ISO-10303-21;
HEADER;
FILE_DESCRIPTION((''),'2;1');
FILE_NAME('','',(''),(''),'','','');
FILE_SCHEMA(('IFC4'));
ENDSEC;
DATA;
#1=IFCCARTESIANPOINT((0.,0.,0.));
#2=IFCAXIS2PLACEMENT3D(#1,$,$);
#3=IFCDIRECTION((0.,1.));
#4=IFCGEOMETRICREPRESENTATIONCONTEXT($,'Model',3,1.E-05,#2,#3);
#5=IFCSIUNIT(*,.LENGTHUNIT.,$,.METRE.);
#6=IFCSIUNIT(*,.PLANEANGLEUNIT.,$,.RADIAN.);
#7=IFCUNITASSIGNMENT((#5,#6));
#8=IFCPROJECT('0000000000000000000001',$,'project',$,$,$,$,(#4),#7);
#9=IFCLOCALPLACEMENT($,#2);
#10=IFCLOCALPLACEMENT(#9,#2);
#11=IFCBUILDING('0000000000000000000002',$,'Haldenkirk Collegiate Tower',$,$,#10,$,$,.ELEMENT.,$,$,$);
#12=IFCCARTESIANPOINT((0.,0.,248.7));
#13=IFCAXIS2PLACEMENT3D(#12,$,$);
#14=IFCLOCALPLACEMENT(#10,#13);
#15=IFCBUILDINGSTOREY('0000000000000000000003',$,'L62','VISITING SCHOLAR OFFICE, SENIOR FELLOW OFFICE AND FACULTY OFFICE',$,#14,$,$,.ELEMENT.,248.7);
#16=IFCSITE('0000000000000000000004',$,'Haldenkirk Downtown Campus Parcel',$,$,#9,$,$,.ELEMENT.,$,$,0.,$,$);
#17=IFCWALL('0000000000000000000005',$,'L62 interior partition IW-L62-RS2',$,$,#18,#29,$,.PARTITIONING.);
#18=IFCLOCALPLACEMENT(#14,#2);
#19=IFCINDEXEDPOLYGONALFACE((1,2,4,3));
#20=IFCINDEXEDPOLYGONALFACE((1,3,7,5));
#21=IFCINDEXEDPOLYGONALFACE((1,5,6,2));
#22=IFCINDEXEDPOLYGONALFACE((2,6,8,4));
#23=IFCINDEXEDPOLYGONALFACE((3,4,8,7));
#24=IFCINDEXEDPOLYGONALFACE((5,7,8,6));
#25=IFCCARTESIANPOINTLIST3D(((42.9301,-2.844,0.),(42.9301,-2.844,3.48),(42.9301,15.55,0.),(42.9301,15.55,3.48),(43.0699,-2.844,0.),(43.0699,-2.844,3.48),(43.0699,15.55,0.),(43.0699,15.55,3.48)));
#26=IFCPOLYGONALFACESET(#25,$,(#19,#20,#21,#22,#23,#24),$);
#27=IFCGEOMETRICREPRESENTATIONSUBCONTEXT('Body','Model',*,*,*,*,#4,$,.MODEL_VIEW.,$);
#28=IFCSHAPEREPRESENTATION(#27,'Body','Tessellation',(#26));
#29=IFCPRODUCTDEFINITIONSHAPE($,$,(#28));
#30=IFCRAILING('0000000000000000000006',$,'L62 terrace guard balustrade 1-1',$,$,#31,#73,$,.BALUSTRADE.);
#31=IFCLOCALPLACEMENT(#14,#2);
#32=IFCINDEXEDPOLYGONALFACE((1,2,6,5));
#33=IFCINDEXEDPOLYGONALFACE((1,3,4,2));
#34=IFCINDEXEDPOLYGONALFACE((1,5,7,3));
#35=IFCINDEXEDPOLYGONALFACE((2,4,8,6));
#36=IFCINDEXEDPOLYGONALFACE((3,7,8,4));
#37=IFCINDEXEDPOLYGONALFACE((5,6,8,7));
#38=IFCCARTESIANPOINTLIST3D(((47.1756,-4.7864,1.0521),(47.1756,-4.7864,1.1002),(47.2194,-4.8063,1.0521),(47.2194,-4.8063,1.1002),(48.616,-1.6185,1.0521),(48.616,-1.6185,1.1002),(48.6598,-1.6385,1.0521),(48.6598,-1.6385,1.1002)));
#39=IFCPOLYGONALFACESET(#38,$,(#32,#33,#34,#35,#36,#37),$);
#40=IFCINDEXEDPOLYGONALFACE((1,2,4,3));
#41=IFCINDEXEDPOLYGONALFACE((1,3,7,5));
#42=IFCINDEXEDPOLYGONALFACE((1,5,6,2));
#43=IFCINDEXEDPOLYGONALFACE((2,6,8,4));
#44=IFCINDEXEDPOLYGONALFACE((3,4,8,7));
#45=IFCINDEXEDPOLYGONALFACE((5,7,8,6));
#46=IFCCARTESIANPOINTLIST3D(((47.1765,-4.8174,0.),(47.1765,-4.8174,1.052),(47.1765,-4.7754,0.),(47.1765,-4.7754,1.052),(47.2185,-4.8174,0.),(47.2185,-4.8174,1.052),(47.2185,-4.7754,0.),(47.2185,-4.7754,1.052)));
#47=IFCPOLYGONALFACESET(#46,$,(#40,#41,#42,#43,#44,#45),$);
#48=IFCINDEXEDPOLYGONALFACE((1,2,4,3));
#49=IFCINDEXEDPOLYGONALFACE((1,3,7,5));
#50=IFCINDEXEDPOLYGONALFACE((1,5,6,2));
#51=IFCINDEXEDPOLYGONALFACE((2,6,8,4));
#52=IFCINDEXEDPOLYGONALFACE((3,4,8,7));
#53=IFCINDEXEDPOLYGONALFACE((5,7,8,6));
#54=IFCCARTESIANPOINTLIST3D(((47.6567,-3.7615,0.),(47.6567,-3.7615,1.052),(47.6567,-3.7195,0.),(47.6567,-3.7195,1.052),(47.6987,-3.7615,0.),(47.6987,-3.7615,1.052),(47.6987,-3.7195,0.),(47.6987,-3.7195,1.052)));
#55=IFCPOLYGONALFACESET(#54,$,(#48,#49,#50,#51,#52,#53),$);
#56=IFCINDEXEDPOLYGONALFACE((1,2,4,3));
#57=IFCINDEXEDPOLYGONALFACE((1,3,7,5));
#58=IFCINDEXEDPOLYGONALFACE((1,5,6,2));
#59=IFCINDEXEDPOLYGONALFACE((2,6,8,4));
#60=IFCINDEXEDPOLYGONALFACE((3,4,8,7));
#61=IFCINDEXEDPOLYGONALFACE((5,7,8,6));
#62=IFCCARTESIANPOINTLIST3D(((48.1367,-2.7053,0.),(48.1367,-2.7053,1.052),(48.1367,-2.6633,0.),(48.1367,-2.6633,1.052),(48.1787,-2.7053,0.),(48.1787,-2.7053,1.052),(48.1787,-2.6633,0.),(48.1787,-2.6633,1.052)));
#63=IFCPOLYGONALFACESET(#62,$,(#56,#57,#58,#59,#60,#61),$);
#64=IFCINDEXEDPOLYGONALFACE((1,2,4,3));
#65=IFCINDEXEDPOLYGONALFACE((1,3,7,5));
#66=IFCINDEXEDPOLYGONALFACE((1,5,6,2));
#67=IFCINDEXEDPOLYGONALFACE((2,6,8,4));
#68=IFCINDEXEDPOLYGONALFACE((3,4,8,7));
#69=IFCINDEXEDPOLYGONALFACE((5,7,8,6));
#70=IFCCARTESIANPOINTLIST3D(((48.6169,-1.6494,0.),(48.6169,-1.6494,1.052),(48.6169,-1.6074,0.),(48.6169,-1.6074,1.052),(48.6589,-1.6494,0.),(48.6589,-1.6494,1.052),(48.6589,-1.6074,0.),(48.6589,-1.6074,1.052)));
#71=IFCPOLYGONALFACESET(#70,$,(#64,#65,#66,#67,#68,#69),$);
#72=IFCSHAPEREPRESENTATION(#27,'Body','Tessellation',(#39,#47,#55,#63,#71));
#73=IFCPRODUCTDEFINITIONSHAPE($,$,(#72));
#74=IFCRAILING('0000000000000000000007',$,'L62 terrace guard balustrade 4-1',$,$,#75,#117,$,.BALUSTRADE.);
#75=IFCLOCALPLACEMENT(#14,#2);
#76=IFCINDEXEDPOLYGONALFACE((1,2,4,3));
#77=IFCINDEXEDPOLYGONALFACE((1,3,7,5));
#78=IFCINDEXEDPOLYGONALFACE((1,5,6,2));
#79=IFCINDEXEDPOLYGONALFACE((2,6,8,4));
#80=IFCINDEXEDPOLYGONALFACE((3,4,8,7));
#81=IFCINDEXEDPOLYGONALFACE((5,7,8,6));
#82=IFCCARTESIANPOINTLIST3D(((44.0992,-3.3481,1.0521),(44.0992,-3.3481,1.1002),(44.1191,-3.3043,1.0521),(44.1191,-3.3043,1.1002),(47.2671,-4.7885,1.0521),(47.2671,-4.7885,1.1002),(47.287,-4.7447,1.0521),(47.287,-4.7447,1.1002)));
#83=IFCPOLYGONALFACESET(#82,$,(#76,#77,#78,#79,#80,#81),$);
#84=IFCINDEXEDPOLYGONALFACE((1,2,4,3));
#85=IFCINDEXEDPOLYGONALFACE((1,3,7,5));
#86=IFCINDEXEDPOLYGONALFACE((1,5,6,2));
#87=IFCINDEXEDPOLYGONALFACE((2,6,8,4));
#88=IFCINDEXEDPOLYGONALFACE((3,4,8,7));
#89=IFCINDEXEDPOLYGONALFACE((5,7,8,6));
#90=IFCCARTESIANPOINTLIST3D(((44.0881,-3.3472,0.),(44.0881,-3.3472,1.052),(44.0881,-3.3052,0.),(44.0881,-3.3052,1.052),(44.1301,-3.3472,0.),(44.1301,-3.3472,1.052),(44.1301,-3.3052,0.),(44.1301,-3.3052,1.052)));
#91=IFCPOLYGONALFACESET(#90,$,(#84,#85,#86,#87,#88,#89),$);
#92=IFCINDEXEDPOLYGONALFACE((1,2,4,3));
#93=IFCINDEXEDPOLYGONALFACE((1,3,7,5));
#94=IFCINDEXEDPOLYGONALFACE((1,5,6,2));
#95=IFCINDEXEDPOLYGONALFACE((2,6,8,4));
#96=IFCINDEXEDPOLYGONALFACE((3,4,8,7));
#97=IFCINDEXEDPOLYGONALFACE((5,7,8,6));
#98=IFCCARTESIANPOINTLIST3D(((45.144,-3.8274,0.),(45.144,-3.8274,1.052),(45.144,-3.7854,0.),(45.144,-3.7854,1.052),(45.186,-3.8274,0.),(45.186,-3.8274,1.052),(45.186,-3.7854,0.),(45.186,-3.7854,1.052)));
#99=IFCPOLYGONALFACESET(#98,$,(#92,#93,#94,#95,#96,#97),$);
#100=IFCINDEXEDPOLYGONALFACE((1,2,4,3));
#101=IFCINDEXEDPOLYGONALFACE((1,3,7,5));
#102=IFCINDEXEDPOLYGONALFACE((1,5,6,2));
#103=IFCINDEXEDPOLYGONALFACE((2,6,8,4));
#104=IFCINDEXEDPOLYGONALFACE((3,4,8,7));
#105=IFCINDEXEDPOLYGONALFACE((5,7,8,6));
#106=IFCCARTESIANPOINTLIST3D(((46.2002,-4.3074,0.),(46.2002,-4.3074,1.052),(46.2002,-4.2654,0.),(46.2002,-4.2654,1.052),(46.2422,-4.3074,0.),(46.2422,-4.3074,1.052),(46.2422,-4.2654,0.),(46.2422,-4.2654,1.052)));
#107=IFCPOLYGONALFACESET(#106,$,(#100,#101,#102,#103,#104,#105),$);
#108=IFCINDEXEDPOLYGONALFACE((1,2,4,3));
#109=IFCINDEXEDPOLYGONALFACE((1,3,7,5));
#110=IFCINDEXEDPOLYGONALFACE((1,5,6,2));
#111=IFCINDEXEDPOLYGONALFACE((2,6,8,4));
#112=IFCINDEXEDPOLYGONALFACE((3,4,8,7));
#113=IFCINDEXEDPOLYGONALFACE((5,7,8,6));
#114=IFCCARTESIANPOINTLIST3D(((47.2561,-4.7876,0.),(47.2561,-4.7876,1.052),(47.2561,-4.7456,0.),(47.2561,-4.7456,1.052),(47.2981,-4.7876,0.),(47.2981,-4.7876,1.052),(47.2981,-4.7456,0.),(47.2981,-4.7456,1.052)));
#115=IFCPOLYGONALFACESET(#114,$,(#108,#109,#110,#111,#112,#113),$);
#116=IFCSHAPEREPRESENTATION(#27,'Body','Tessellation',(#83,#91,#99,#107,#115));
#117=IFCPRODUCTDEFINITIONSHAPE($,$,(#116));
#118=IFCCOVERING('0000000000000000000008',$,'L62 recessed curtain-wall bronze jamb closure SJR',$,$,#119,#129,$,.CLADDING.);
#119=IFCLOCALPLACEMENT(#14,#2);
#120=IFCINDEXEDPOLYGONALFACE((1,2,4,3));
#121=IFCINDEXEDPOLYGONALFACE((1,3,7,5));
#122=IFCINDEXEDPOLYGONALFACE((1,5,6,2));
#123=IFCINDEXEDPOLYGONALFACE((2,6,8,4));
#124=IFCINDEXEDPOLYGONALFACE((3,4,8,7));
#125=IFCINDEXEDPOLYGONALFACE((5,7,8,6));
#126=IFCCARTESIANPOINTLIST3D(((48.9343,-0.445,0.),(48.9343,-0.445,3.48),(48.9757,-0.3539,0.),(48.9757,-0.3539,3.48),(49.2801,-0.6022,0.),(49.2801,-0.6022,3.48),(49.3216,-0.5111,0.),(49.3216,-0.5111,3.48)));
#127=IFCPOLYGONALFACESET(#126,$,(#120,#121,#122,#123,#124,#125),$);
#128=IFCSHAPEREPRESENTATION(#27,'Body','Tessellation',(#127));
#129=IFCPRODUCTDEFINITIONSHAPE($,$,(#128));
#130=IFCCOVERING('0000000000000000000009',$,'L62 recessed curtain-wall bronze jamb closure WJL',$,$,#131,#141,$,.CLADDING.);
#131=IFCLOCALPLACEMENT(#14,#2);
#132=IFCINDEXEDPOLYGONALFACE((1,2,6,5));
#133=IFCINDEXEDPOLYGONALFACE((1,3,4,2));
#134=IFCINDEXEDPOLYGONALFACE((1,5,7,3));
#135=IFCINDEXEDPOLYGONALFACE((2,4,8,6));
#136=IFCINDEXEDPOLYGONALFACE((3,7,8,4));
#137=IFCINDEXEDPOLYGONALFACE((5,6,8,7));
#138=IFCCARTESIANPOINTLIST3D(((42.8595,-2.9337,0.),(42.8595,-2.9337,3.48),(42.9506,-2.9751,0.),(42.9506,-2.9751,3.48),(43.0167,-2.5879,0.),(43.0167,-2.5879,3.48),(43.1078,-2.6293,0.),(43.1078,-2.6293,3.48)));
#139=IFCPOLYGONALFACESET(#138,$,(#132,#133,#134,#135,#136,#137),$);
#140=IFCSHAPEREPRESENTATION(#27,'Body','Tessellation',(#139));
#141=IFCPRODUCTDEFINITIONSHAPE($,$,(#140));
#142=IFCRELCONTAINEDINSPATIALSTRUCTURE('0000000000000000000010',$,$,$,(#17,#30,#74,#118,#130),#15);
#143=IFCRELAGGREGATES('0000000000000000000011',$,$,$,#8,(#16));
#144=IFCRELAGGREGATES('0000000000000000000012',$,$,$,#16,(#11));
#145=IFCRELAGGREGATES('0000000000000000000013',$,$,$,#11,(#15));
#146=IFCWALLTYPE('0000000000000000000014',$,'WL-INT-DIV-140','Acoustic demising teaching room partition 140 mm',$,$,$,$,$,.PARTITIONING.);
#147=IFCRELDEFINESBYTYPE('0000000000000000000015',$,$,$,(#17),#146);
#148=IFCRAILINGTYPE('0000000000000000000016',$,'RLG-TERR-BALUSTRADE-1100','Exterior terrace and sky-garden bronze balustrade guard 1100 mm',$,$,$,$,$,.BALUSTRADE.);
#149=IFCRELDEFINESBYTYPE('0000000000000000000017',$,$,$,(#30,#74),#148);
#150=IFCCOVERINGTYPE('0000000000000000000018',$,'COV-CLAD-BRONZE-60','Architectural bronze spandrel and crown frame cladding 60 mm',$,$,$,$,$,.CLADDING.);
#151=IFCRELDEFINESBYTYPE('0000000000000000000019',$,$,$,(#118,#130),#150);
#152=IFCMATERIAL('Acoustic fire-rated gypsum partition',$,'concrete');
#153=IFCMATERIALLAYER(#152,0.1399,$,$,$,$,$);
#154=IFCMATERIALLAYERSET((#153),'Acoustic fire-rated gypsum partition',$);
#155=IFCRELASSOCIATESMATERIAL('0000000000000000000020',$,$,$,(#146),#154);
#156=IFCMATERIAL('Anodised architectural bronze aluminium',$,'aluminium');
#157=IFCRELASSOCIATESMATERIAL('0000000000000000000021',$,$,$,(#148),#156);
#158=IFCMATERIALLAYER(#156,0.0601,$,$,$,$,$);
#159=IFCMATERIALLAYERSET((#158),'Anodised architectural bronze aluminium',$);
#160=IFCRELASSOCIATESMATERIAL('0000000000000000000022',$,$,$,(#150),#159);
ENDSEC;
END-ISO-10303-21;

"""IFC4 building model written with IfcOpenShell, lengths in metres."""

from ifc_helpers import new_model, si_unit, direction, frame, frame_2d, origin, origin_2d, place, context, subcontext, project, spatial, rectangle, extrude, source, transform, mapped, material, layer, layer_set, type_object, element, save


model = new_model("IFC4")

# Units and contexts
model_context = context("Model", 3, precision=1e-05, world=origin(), true_north=direction((0.0, 1.0)))
body_context = subcontext(model_context, "Body", "Model", "MODEL_VIEW")
ifc_project = project(units=[si_unit("LENGTHUNIT", "METRE"), si_unit("PLANEANGLEUNIT", "RADIAN")], contexts=[model_context])

# Site, building, storey
site_placement = place(None, origin())
site = spatial("IfcSite", under=ifc_project, at=site_placement, Name="Haldenkirk Downtown Campus Parcel", CompositionType="ELEMENT", RefElevation=0.0)
building_placement = place(site_placement, origin())
building = spatial("IfcBuilding", under=site, at=building_placement, Name="Haldenkirk Collegiate Tower", CompositionType="ELEMENT")
storey_placement = place(building_placement, frame((0.0, 0.0, 248.7)))
storey = spatial("IfcBuildingStorey", under=building, at=storey_placement, Name="L62", Description="VISITING SCHOLAR OFFICE, SENIOR FELLOW OFFICE AND FACULTY OFFICE", CompositionType="ELEMENT", Elevation=248.7)

# Shared definitions
ifc_material_1 = material(Name="Anodised architectural bronze aluminium", Category="aluminium")

# Wall
ifc_material_2 = material(Name="Acoustic fire-rated gypsum partition", Category="concrete")
ifc_layer_1 = layer(ifc_material_2, 0.1399)
ifc_layer_set_1 = layer_set([ifc_layer_1], Name="Acoustic fire-rated gypsum partition")
wall_type_1 = type_object("IfcWallType", Name="WL-INT-DIV-140", Description="Acoustic demising teaching room partition 140 mm", PredefinedType="PARTITIONING", material=ifc_layer_set_1)
wall_1_placement = place(storey_placement, frame((43.0, -2.844, 0.0), z_axis=(0.0, 0.0, 1.0), x_axis=(0.0, 1.0, 0.0)))
element("IfcWall", 1, at=wall_1_placement, inside=storey, type_object=wall_type_1, Name="L62 interior partition IW-L62-RS2", PredefinedType="PARTITIONING", context=body_context, shape_type="SweptSolid", body=[
    extrude(rectangle(XDim=18.394, YDim=0.1399, at=frame_2d((9.197, 0.0))), origin(), (0.0, 0.0, 1.0), 3.48),
])

# Railings
railing_type = type_object("IfcRailingType", Name="RLG-TERR-BALUSTRADE-1100", Description="Exterior terrace and sky-garden bronze balustrade guard 1100 mm", PredefinedType="BALUSTRADE", material=ifc_material_1)
railing_1_placement = place(storey_placement, frame((47.1975, -4.7964, 0.0)))
element("IfcRailing", 2, at=railing_1_placement, inside=storey, type_object=railing_type, Name="L62 terrace guard balustrade 1-1", PredefinedType="BALUSTRADE", context=body_context, shape_type="SweptSolid", body=[
    extrude(rectangle(XDim=0.0481, YDim=0.0481, at=origin_2d()), frame((0.0, 0.0, 1.0762), z_axis=(0.413909, 0.910318, 0.0), x_axis=(-0.910318, 0.413909, 0.0)), (0.0, 0.0, 1.0), 3.48),
    extrude(rectangle(XDim=0.042, YDim=0.042, at=origin_2d()), origin(), (0.0, 0.0, 1.0), 1.052),
    extrude(rectangle(XDim=0.042, YDim=0.042, at=origin_2d()), frame((0.4802, 1.0559, 0.0)), (0.0, 0.0, 1.0), 1.052),
    extrude(rectangle(XDim=0.042, YDim=0.042, at=origin_2d()), frame((0.9602, 2.1121, 0.0)), (0.0, 0.0, 1.0), 1.052),
    extrude(rectangle(XDim=0.042, YDim=0.042, at=origin_2d()), frame((1.4404, 3.168, 0.0)), (0.0, 0.0, 1.0), 1.052),
])
railing_2_placement = place(storey_placement, frame((44.1091, -3.3262, 0.0)))
element("IfcRailing", 3, at=railing_2_placement, inside=storey, type_object=railing_type, Name="L62 terrace guard balustrade 4-1", PredefinedType="BALUSTRADE", context=body_context, shape_type="SweptSolid", body=[
    extrude(rectangle(XDim=0.0481, YDim=0.0481, at=origin_2d()), frame((0.0, 0.0, 1.0762), z_axis=(0.910318, -0.413909, 0.0), x_axis=(0.413909, 0.910318, 0.0)), (0.0, 0.0, 1.0), 3.48),
    extrude(rectangle(XDim=0.042, YDim=0.042, at=origin_2d()), origin(), (0.0, 0.0, 1.0), 1.052),
    extrude(rectangle(XDim=0.042, YDim=0.042, at=origin_2d()), frame((1.0559, -0.4802, 0.0)), (0.0, 0.0, 1.0), 1.052),
    extrude(rectangle(XDim=0.042, YDim=0.042, at=origin_2d()), frame((2.1121, -0.9602, 0.0)), (0.0, 0.0, 1.0), 1.052),
    extrude(rectangle(XDim=0.042, YDim=0.042, at=origin_2d()), frame((3.168, -1.4404, 0.0)), (0.0, 0.0, 1.0), 1.052),
])

# Coverings
ifc_layer_2 = layer(ifc_material_1, 0.0601)
ifc_layer_set_2 = layer_set([ifc_layer_2], Name="Anodised architectural bronze aluminium")
covering_type = type_object("IfcCoveringType", Name="COV-CLAD-BRONZE-60", Description="Architectural bronze spandrel and crown frame cladding 60 mm", PredefinedType="CLADDING", material=ifc_layer_set_2)
shared_shape_1 = source(origin(), body_context, "Body", "SweptSolid", [
    extrude(rectangle(XDim=0.1001, YDim=0.3799, at=origin_2d()), origin(), (0.0, 0.0, 1.0), 3.48),
])
for number, where, z_axis, x_axis, name in (
    (4, (49.1279, -0.478, 0.0), (0.0, 0.0, 1.0), (-0.413899, -0.910323, 0.0), "L62 recessed curtain-wall bronze jamb closure SJR"),
    (5, (42.9836, -2.7815, 0.0), (0.0, 0.0, 1.0), (-0.910323, 0.413899, 0.0), "L62 recessed curtain-wall bronze jamb closure WJL"),
):
    element("IfcCovering", number, at=place(storey_placement, frame(where, z_axis=z_axis, x_axis=x_axis)), inside=storey, type_object=covering_type, Name=name, PredefinedType="CLADDING", context=body_context, shape_type="MappedRepresentation", body=[
        mapped(shared_shape_1, transform((0.0, 0.0, 0.0), x_axis=(1.0, 0.0, 0.0), y_axis=(0.0, 1.0, 0.0), z_axis=(0.0, 0.0, 1.0), scale=1.0)),
    ])

save(model, "model.ifc")
